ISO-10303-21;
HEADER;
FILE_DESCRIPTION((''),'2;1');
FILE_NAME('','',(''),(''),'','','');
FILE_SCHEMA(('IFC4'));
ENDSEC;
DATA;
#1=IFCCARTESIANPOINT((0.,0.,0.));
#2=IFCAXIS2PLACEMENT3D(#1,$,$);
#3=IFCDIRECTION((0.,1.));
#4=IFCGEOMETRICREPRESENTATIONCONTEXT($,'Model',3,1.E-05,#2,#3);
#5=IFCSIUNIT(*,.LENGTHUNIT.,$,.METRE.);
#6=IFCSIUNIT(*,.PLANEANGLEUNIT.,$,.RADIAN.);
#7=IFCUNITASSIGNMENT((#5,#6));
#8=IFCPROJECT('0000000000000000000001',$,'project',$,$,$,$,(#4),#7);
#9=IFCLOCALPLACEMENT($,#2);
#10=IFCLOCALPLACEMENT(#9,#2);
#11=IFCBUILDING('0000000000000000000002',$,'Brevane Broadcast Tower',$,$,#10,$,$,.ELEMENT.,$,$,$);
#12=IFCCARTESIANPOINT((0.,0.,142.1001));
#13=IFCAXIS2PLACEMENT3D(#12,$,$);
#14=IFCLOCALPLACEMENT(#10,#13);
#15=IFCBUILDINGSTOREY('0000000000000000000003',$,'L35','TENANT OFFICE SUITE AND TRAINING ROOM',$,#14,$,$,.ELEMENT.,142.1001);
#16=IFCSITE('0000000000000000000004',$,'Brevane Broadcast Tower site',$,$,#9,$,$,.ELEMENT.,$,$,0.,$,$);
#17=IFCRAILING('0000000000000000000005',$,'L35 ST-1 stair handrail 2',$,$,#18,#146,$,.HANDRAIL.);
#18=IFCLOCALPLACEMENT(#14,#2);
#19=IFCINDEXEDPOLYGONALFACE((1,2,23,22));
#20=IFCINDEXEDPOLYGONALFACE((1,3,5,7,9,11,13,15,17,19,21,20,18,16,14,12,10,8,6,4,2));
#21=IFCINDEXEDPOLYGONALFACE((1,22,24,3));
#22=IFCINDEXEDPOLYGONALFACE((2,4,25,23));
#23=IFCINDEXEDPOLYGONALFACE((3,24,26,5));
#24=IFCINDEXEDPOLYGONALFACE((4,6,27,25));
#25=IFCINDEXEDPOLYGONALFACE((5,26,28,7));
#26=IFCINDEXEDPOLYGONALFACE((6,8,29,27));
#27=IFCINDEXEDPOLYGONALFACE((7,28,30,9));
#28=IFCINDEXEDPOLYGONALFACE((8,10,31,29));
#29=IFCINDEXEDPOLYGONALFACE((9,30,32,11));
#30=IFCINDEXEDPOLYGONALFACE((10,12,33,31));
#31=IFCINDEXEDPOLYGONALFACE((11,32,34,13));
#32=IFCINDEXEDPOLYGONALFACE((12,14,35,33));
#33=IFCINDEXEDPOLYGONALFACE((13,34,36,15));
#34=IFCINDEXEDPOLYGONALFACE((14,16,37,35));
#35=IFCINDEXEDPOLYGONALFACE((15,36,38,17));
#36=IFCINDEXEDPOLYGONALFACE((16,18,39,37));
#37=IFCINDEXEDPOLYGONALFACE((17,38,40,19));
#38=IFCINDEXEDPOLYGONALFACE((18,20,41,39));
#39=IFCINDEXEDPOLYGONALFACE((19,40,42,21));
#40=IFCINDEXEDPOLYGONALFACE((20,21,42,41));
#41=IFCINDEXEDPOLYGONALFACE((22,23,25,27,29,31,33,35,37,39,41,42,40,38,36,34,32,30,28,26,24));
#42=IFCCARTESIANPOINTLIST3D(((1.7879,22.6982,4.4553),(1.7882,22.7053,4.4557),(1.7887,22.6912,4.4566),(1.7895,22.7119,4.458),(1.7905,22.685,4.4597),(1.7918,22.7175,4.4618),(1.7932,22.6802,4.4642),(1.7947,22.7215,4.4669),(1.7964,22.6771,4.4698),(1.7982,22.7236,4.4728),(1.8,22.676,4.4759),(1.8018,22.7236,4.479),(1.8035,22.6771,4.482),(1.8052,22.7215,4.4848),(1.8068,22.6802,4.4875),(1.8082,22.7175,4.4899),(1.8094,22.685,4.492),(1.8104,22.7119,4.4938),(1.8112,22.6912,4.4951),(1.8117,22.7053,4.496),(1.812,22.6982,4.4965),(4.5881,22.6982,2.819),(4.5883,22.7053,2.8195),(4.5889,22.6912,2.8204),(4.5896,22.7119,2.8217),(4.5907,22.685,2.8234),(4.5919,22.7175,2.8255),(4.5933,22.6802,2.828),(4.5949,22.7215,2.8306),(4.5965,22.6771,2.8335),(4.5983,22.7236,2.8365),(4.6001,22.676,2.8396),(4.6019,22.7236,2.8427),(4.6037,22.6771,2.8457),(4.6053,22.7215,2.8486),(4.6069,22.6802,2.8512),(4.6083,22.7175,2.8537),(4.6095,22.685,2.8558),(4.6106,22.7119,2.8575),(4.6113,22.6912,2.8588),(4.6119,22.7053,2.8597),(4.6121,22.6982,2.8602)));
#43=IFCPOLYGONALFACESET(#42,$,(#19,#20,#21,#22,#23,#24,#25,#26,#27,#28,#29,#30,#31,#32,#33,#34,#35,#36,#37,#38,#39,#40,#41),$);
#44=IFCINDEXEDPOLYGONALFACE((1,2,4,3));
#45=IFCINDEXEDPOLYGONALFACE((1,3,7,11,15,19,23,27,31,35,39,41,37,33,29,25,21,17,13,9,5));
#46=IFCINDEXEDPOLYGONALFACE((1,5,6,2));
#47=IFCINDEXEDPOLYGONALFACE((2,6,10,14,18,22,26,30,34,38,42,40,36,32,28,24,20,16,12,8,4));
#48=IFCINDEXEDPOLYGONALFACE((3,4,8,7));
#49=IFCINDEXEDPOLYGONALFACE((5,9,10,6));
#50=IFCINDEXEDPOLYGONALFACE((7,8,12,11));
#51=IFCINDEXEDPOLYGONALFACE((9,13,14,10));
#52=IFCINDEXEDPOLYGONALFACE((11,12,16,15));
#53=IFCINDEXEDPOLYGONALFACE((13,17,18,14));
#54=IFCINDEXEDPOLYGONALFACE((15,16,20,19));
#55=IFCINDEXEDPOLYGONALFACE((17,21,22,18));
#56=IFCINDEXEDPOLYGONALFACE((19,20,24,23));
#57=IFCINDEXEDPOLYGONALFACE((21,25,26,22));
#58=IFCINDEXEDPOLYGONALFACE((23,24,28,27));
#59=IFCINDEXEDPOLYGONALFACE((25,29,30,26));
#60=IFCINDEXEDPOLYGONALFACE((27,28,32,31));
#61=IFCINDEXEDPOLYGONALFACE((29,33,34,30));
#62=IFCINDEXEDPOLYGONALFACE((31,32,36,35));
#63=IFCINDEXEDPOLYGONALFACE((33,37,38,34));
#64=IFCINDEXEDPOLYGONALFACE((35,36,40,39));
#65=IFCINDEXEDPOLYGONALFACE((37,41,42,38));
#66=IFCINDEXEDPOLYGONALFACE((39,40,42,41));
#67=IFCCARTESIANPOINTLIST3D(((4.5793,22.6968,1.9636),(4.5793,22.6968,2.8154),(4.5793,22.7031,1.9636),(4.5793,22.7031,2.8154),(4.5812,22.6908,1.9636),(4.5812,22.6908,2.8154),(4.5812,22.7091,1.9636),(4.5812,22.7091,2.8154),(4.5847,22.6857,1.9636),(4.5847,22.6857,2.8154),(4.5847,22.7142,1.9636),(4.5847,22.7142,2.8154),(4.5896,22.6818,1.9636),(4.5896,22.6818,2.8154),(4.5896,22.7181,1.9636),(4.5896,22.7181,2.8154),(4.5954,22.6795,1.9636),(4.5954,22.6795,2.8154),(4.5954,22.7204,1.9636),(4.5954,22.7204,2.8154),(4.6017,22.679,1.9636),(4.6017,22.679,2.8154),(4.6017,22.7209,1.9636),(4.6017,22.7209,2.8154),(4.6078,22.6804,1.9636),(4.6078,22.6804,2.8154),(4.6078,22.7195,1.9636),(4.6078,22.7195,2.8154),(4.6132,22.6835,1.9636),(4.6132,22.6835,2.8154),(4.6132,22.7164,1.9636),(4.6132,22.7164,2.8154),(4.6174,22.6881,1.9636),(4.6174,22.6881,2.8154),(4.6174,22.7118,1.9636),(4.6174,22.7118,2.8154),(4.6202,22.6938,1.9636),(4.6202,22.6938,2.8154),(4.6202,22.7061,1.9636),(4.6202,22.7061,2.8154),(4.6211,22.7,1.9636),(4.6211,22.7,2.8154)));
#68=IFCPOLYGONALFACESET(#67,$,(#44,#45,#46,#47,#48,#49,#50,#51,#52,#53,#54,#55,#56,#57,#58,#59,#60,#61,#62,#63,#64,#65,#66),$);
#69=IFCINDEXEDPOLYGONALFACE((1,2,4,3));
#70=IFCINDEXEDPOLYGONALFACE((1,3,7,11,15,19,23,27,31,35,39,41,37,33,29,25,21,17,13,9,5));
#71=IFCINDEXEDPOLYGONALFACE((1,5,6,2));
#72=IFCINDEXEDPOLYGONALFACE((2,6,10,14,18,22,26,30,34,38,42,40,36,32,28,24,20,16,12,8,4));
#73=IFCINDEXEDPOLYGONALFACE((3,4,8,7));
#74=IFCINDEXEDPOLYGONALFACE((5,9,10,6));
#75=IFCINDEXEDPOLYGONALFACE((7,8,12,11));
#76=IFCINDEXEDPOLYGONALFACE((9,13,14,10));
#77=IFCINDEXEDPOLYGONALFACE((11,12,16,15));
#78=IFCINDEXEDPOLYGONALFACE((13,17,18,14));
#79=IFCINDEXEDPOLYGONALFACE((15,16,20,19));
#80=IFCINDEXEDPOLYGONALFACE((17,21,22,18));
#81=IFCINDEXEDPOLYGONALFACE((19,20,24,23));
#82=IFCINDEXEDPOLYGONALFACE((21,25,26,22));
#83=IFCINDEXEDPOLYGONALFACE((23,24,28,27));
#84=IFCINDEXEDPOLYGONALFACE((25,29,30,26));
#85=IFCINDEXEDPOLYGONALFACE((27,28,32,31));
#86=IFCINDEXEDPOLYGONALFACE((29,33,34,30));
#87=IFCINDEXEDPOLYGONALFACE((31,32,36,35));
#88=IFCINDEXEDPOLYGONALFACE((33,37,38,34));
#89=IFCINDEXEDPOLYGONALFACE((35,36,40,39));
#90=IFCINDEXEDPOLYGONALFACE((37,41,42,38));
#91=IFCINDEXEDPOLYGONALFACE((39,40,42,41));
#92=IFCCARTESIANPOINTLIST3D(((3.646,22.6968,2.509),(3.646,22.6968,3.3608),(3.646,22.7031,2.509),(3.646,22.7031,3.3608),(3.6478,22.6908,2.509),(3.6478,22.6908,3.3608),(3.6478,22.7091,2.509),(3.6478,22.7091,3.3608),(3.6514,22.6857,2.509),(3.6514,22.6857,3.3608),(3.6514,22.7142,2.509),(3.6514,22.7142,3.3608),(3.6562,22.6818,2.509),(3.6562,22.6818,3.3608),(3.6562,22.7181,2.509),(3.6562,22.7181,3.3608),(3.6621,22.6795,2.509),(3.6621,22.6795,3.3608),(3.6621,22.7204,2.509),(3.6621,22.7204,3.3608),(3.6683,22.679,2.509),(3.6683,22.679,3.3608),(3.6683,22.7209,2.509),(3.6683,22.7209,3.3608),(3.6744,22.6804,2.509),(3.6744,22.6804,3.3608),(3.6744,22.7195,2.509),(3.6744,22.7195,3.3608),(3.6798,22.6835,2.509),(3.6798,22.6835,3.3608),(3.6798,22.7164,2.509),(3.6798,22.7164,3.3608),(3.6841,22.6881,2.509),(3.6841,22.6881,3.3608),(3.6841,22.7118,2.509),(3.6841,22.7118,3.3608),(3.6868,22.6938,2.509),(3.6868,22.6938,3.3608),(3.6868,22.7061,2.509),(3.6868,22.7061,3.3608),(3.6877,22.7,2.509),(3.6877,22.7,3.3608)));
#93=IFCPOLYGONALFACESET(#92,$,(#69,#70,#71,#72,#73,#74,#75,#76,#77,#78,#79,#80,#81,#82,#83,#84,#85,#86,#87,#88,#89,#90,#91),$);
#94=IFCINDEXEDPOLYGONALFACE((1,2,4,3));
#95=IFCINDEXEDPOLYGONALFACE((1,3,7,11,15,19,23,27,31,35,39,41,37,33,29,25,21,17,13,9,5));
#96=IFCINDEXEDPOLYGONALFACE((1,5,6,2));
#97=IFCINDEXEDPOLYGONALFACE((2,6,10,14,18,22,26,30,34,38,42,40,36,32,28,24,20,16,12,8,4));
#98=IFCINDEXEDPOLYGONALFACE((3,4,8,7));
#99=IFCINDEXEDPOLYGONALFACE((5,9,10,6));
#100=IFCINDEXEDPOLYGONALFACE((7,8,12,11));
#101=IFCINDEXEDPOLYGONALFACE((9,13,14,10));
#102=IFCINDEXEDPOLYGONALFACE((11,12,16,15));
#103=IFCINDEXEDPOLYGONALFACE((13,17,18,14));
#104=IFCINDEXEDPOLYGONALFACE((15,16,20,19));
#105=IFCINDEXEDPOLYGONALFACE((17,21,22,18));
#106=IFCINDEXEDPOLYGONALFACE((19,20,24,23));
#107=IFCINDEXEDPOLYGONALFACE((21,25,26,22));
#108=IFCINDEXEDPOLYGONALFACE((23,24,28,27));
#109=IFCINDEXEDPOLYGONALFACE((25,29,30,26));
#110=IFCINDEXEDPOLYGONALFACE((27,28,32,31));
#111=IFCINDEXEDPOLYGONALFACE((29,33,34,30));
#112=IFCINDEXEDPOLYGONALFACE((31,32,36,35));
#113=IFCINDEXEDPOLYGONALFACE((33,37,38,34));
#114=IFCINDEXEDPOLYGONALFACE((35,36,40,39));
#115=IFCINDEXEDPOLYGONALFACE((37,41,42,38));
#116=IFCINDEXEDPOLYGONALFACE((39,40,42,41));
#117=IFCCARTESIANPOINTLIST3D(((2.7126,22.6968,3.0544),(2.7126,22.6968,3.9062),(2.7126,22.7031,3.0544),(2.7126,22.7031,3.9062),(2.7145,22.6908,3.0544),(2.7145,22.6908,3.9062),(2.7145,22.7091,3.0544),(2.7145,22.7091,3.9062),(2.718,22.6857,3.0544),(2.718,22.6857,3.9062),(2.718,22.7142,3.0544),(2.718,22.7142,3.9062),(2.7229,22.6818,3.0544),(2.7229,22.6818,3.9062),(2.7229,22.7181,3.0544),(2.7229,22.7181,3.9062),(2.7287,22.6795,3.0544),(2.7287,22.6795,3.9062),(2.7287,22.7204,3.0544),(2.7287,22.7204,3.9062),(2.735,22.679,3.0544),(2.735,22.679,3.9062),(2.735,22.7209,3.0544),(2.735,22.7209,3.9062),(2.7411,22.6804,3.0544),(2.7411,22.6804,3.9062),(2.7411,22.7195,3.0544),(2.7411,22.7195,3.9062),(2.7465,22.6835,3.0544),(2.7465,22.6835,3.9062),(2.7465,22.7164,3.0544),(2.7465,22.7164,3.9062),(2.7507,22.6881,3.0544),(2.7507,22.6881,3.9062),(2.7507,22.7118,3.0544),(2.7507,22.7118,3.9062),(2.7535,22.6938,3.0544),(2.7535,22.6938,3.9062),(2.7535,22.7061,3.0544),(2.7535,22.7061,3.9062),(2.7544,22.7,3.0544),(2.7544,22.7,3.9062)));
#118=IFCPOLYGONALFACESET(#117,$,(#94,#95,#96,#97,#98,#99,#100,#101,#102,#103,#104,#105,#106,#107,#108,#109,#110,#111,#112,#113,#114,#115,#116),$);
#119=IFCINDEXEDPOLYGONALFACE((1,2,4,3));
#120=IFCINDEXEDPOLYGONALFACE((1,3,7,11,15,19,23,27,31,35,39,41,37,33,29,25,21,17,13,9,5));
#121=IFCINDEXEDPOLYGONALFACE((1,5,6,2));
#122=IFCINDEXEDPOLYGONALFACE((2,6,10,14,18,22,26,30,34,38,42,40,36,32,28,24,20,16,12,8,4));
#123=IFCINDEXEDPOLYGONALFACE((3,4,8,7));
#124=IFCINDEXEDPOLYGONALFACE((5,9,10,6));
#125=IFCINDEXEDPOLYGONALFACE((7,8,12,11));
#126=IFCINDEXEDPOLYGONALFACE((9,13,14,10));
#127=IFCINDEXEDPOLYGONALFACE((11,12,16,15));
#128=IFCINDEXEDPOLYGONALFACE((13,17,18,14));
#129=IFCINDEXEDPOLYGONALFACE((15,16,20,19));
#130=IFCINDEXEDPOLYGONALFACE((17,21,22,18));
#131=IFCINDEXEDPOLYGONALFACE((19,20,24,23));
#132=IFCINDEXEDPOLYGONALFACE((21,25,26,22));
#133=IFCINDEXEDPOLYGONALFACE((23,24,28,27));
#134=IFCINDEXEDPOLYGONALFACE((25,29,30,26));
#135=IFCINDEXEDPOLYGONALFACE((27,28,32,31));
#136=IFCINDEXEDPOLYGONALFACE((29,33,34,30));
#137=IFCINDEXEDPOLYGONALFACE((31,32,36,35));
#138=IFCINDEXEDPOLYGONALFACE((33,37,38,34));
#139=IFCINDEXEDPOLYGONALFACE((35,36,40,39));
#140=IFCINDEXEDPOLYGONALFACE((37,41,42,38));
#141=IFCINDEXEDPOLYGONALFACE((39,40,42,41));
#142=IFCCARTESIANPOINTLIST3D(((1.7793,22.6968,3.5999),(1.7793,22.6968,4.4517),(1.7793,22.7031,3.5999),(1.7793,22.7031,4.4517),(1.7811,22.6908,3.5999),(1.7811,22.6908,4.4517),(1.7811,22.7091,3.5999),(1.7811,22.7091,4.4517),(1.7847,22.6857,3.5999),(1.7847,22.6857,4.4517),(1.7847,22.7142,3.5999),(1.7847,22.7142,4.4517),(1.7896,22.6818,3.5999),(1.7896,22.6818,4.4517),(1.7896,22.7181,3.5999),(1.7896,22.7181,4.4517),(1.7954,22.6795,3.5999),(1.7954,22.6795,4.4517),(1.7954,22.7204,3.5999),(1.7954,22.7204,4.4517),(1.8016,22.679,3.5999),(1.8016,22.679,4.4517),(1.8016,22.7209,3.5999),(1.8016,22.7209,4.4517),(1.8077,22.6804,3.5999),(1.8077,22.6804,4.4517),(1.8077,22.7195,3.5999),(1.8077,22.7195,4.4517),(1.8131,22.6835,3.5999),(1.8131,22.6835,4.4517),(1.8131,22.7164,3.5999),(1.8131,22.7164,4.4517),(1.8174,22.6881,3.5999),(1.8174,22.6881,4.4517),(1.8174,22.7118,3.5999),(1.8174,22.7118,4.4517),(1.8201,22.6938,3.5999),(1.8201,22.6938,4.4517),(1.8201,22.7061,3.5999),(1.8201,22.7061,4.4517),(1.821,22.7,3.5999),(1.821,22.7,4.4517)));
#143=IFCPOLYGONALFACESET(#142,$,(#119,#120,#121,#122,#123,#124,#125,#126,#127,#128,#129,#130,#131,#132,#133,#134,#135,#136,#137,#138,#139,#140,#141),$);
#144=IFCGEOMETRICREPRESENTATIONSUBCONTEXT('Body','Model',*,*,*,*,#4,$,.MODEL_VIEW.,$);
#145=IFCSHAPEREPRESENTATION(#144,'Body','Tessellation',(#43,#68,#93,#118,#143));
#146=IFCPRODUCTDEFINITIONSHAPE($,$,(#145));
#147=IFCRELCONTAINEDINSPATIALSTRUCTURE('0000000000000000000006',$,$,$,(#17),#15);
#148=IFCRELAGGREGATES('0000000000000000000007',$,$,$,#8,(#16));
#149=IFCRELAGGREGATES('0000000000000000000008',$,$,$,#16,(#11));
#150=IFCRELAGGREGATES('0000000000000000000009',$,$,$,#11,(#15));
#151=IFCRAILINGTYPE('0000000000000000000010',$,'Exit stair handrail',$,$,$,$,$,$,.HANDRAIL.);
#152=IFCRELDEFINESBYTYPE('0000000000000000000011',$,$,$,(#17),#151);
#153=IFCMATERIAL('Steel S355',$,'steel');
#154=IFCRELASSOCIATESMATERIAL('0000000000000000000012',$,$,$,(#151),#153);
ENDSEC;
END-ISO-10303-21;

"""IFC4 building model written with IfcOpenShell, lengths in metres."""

from ifc_helpers import new_model, si_unit, direction, frame, origin, origin_2d, place, context, subcontext, project, spatial, circle, extrude, material, type_object, element, save


model = new_model("IFC4")

# Units and contexts
model_context = context("Model", 3, precision=1e-05, world=origin(), true_north=direction((0.0, 1.0)))
body_context = subcontext(model_context, "Body", "Model", "MODEL_VIEW")
ifc_project = project(units=[si_unit("LENGTHUNIT", "METRE"), si_unit("PLANEANGLEUNIT", "RADIAN")], contexts=[model_context])

# Site, building, storey
site_placement = place(None, origin())
site = spatial("IfcSite", under=ifc_project, at=site_placement, Name="Brevane Broadcast Tower site", CompositionType="ELEMENT", RefElevation=0.0)
building_placement = place(site_placement, origin())
building = spatial("IfcBuilding", under=site, at=building_placement, Name="Brevane Broadcast Tower", CompositionType="ELEMENT")
storey_placement = place(building_placement, frame((0.0, 0.0, 142.1001)))
storey = spatial("IfcBuildingStorey", under=building, at=storey_placement, Name="L35", Description="TENANT OFFICE SUITE AND TRAINING ROOM", CompositionType="ELEMENT", Elevation=142.1001)

# Railing
ifc_material_1 = material(Name="Steel S355", Category="steel")
railing_type_1 = type_object("IfcRailingType", Name="Exit stair handrail", PredefinedType="HANDRAIL", material=ifc_material_1)
railing_1_placement = place(storey_placement, frame((4.6001, 22.7, 1.9636)))
element("IfcRailing", 1, at=railing_1_placement, inside=storey, type_object=railing_type_1, Name="L35 ST-1 stair handrail 2", PredefinedType="HANDRAIL", context=body_context, shape_type="SweptSolid", body=[
    extrude(circle(Radius=0.0239, at=origin_2d()), frame((0.0, 0.0, 0.876), z_axis=(-0.863394, 0.0, 0.504531), x_axis=(0.0, -1.0, 0.0)), (0.0, 0.0, 1.0), 3.2432),
    extrude(circle(Radius=0.021, at=origin_2d()), origin(), (0.0, 0.0, 1.0), 0.8518),
    extrude(circle(Radius=0.021, at=origin_2d()), frame((-0.9333, 0.0, 0.5454)), (0.0, 0.0, 1.0), 0.8518),
    extrude(circle(Radius=0.021, at=origin_2d()), frame((-1.8667, 0.0, 1.0908)), (0.0, 0.0, 1.0), 0.8518),
    extrude(circle(Radius=0.021, at=origin_2d()), frame((-2.8, 0.0, 1.6362)), (0.0, 0.0, 1.0), 0.8518),
])

save(model, "model.ifc")
